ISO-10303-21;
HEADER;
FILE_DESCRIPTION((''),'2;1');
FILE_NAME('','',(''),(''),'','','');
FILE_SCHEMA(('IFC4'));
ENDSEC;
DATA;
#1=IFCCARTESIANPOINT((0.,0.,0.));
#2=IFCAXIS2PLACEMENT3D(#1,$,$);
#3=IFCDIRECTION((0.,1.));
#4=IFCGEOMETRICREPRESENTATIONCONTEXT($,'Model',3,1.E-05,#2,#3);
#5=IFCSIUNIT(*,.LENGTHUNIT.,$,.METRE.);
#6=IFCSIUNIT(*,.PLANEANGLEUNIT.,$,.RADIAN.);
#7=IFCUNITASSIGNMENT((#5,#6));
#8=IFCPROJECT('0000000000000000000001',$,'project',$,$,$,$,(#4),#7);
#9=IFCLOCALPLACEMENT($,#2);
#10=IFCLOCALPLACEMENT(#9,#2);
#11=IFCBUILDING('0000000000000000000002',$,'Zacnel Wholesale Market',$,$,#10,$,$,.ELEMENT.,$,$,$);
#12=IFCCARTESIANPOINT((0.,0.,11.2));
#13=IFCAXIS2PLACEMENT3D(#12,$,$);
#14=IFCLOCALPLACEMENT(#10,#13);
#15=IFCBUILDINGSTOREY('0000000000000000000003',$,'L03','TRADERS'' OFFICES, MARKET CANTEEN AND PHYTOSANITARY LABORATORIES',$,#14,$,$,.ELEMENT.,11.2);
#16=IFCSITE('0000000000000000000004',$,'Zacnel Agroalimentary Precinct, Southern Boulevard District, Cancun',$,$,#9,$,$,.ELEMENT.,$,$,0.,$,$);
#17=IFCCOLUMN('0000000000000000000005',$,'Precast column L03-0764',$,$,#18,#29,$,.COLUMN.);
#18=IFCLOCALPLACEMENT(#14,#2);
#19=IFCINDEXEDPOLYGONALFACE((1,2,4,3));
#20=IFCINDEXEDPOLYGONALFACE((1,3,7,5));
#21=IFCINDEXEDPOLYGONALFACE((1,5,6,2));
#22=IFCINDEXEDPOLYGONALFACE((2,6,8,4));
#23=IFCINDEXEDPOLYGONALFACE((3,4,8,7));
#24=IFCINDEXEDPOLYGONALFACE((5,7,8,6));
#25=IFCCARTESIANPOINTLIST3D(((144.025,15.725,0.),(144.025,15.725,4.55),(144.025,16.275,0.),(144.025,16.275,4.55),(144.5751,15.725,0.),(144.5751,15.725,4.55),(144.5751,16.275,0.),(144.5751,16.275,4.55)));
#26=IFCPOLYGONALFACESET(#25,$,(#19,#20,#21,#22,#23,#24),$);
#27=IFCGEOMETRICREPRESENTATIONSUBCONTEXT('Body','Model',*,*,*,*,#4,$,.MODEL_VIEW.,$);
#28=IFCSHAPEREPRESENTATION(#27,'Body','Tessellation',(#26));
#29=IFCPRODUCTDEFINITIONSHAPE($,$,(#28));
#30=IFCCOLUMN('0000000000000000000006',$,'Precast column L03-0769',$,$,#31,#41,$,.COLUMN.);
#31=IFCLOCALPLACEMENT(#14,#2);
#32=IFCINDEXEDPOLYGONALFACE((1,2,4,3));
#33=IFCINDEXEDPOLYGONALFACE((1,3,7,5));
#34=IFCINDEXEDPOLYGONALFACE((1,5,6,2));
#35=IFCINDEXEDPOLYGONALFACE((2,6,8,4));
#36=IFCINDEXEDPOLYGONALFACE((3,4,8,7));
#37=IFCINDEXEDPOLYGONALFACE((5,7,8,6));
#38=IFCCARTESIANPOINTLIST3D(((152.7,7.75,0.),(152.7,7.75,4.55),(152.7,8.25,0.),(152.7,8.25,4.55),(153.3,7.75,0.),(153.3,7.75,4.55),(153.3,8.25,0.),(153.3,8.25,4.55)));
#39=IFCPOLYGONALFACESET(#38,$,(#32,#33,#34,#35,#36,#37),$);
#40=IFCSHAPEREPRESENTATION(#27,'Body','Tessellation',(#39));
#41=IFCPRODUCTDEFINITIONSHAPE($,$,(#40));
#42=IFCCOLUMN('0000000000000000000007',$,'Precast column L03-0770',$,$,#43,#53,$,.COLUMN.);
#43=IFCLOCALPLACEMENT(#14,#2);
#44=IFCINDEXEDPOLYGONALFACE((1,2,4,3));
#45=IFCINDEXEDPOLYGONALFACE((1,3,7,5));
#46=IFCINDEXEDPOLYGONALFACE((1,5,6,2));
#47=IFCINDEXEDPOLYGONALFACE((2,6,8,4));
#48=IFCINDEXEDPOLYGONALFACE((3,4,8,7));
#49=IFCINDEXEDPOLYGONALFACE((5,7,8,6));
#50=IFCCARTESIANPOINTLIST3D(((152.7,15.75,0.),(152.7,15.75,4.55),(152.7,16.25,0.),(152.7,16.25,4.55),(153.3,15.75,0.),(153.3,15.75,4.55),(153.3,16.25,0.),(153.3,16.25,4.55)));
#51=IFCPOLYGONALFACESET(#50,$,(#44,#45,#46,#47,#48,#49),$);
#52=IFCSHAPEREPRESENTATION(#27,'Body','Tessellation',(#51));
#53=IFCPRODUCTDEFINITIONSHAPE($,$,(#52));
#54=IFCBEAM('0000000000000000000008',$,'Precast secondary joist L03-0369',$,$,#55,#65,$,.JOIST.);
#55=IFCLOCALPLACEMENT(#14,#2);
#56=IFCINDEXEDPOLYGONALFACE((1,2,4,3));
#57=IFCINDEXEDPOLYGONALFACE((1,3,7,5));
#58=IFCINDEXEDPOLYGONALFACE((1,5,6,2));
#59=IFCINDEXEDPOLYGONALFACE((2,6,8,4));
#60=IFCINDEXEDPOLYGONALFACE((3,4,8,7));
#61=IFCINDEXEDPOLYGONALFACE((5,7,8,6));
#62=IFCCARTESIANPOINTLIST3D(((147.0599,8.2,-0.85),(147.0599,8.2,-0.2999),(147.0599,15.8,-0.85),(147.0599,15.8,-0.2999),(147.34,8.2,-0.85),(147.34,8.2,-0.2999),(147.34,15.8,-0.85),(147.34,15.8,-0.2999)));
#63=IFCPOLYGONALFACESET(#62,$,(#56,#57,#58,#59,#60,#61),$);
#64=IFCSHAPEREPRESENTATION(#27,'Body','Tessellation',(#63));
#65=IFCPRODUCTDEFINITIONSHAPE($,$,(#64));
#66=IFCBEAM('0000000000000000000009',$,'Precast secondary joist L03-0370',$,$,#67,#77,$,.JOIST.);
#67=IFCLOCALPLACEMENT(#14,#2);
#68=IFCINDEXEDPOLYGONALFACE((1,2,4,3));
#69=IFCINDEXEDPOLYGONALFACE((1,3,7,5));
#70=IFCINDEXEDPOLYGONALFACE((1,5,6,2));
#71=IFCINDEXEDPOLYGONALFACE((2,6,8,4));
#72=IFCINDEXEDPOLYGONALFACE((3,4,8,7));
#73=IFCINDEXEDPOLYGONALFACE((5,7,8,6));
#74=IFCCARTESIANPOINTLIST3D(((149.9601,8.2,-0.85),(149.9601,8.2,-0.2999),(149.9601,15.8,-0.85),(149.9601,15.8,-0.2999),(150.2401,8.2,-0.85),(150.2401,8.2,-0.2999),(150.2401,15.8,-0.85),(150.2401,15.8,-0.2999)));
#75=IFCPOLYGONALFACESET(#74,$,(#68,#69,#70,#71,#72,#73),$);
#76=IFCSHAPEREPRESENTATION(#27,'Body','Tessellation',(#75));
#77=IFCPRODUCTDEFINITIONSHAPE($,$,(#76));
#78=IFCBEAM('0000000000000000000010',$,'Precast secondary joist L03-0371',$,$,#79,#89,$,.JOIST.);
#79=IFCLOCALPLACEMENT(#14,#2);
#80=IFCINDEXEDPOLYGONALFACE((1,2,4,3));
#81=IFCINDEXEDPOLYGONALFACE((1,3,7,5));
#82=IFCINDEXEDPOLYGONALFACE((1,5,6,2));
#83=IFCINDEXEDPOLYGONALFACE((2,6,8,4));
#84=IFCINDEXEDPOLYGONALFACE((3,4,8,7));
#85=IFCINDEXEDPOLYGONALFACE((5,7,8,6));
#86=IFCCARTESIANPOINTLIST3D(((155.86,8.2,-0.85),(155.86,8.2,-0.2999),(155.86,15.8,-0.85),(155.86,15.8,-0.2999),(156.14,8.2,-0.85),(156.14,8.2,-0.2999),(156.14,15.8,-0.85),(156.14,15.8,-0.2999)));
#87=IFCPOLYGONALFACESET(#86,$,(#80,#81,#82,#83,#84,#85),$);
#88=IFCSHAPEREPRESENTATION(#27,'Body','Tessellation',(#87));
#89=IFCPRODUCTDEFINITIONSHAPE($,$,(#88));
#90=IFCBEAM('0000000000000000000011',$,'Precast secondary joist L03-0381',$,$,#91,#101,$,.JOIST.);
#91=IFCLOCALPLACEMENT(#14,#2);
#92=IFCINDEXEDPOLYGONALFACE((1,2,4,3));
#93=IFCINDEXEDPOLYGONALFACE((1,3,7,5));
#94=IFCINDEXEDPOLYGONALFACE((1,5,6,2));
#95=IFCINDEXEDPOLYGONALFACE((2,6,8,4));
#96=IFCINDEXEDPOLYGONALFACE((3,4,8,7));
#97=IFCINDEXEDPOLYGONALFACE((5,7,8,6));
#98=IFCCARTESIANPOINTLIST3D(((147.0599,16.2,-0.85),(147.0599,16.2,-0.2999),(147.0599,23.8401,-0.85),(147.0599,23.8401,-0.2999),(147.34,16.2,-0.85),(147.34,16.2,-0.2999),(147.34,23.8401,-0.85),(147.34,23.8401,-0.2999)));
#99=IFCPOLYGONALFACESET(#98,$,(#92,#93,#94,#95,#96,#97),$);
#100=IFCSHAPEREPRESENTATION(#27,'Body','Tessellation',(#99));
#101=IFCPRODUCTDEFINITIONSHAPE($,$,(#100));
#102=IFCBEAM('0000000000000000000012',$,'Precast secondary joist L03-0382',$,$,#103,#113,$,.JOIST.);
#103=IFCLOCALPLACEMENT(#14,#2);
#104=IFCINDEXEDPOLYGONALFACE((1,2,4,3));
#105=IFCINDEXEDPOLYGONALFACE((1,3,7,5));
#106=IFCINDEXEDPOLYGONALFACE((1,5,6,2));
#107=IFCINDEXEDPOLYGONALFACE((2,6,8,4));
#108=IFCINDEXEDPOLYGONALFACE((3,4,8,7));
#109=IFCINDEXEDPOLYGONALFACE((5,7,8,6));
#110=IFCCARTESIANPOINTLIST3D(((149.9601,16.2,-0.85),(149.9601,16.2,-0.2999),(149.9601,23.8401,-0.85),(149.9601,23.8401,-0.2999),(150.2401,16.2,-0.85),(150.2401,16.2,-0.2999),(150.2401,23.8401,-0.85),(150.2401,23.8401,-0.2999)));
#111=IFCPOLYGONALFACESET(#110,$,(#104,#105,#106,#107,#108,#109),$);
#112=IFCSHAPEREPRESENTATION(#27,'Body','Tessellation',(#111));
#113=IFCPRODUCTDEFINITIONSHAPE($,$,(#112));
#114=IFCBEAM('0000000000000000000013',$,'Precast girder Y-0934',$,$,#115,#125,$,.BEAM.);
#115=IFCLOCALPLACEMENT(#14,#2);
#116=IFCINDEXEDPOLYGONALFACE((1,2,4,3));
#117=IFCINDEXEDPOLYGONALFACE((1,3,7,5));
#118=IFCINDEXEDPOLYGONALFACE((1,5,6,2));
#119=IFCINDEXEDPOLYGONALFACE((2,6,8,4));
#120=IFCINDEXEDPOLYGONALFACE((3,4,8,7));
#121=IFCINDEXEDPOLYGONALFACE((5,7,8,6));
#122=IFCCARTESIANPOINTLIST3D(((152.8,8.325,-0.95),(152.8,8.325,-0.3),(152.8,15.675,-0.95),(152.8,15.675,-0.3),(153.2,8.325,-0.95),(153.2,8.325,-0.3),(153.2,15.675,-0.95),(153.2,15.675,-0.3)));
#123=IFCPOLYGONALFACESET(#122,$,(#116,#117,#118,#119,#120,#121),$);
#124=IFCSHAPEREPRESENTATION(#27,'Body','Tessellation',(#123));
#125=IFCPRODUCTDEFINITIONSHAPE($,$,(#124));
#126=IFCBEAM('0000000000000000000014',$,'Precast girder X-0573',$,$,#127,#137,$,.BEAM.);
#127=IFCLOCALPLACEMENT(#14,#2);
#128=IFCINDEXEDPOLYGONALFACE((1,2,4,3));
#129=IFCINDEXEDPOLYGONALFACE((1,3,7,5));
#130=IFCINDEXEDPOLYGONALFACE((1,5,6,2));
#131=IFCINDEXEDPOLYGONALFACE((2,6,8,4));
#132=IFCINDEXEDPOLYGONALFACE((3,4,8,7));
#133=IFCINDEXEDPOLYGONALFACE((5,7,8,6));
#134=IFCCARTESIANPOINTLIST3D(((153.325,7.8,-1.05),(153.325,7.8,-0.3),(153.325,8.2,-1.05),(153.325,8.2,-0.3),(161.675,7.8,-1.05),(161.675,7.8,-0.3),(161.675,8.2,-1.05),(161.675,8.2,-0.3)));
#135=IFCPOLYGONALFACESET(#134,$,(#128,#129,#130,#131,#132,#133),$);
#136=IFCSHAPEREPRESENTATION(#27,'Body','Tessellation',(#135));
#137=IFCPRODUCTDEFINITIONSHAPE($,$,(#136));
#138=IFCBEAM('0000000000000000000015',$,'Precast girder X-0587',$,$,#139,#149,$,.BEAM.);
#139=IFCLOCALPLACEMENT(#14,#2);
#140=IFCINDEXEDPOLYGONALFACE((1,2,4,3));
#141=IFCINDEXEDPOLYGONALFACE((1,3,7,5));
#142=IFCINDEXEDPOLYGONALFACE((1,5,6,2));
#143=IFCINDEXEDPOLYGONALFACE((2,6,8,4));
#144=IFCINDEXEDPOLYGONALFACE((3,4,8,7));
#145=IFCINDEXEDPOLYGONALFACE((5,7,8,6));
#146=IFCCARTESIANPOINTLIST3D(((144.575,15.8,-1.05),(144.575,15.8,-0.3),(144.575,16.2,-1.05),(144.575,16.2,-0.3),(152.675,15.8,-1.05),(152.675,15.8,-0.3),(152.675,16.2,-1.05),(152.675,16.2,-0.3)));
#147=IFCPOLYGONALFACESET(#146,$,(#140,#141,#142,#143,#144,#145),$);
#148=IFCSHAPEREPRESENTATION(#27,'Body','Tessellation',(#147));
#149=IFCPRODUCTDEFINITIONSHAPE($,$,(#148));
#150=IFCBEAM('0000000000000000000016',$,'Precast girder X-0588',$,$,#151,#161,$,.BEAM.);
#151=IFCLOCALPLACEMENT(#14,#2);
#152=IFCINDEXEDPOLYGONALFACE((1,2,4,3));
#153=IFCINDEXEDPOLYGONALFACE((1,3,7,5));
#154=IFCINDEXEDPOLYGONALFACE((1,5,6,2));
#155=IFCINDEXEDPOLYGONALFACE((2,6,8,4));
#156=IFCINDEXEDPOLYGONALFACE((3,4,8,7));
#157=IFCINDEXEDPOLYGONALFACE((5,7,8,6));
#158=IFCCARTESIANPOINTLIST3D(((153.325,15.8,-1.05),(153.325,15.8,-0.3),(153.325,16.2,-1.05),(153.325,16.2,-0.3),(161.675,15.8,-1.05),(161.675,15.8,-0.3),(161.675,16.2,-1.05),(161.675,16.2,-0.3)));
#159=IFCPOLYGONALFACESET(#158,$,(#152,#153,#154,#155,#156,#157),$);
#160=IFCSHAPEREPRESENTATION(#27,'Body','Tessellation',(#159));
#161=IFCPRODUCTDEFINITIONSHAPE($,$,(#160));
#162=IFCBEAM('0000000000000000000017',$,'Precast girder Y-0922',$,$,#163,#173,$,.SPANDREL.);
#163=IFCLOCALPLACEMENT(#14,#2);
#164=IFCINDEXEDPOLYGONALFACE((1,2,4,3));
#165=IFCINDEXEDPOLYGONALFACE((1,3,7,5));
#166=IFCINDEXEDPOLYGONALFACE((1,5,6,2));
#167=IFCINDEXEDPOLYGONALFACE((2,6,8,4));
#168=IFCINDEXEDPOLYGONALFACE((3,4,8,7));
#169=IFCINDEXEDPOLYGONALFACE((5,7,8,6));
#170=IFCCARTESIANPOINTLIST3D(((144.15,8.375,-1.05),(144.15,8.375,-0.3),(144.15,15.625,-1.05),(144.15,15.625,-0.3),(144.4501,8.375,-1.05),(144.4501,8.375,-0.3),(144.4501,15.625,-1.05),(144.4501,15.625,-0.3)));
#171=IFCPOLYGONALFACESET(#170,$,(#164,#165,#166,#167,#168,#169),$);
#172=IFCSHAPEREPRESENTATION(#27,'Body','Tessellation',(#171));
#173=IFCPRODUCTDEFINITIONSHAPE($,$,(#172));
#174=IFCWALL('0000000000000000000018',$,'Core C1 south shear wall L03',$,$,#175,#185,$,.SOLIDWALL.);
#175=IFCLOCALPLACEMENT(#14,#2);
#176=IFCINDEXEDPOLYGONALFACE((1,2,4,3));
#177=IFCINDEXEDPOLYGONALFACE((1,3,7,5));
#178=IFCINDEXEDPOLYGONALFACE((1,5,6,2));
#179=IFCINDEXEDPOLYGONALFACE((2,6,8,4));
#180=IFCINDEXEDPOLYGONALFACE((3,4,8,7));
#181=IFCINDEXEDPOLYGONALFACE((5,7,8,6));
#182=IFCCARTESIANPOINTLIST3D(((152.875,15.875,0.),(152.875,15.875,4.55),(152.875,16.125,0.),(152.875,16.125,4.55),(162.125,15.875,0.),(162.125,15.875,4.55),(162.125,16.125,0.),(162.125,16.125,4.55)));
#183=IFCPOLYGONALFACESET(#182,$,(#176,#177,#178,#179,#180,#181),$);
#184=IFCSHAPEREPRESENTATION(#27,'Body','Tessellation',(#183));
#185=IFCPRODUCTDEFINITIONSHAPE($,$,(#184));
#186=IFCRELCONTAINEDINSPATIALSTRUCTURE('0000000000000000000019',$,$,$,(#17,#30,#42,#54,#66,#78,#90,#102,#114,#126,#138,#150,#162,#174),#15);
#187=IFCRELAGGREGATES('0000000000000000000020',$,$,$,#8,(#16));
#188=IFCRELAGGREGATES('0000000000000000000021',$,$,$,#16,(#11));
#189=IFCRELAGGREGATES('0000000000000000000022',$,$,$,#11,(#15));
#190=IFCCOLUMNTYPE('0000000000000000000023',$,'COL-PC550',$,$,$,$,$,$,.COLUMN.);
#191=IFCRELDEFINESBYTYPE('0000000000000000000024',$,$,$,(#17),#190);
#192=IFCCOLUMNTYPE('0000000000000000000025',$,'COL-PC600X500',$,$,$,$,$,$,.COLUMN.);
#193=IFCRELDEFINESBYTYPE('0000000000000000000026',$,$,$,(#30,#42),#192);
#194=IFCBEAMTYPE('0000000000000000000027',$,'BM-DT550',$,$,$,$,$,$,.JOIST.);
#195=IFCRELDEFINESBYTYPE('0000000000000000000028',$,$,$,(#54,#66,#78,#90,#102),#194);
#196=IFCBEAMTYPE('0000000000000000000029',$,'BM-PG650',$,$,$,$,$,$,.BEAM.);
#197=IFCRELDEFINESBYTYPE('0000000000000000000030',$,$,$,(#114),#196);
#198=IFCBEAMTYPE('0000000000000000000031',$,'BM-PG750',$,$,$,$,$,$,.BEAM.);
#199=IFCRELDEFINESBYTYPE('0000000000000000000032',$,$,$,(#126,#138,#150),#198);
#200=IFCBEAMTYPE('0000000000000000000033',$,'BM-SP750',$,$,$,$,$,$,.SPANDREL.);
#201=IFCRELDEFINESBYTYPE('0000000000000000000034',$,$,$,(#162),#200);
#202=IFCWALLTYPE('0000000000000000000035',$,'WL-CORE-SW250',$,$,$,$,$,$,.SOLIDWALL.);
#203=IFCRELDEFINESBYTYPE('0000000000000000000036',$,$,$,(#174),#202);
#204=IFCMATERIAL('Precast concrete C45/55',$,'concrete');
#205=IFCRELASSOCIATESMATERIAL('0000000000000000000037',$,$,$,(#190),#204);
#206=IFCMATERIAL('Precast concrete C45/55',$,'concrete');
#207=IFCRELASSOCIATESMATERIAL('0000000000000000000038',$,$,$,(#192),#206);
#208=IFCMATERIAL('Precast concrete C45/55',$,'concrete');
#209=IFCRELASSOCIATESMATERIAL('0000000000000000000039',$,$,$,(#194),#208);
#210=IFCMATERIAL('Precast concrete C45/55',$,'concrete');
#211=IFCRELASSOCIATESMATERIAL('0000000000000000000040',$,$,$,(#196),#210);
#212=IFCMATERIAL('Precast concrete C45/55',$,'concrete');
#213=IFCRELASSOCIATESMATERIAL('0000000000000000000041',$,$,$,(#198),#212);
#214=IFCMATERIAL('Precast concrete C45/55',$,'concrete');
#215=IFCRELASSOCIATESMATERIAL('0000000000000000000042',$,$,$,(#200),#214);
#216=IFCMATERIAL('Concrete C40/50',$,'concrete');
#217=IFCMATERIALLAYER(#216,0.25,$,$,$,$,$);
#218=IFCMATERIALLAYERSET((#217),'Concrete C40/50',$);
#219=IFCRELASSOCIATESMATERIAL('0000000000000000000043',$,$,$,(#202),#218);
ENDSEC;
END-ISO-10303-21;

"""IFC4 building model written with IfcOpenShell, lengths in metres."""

from ifc_helpers import new_model, si_unit, direction, frame, frame_2d, origin, origin_2d, place, context, subcontext, project, spatial, rectangle, extrude, material, layer, layer_set, material_profile, profile_set, type_object, element, save


model = new_model("IFC4")

# Units and contexts
model_context = context("Model", 3, precision=1e-05, world=origin(), true_north=direction((0.0, 1.0)))
body_context = subcontext(model_context, "Body", "Model", "MODEL_VIEW")
ifc_project = project(units=[si_unit("LENGTHUNIT", "METRE"), si_unit("PLANEANGLEUNIT", "RADIAN")], contexts=[model_context])

# Site, building, storey
site_placement = place(None, origin())
site = spatial("IfcSite", under=ifc_project, at=site_placement, Name="Zacnel Agroalimentary Precinct, Southern Boulevard District, Cancun", CompositionType="ELEMENT", RefElevation=0.0)
building_placement = place(site_placement, origin())
building = spatial("IfcBuilding", under=site, at=building_placement, Name="Zacnel Wholesale Market", CompositionType="ELEMENT")
storey_placement = place(building_placement, frame((0.0, 0.0, 11.2)))
storey = spatial("IfcBuildingStorey", under=building, at=storey_placement, Name="L03", Description="TRADERS' OFFICES, MARKET CANTEEN AND PHYTOSANITARY LABORATORIES", CompositionType="ELEMENT", Elevation=11.2)

# Columns
ifc_material_1 = material(Name="Precast concrete C45/55", Category="concrete")
ifc_material_profile_1 = material_profile(ifc_material_1, rectangle(XDim=0.55, YDim=0.55, at=origin_2d()), Name="PC 550x550")
ifc_profile_set_1 = profile_set([ifc_material_profile_1], Name="Precast concrete C45/55")
column_type_1 = type_object("IfcColumnType", Name="COL-PC550", PredefinedType="COLUMN", material=ifc_profile_set_1)
column_placement = place(storey_placement, frame((144.3, 16.0, 0.0), z_axis=(0.0, 0.0, 1.0), x_axis=(1.0, 0.0, 0.0)))
element("IfcColumn", 1, at=column_placement, inside=storey, type_object=column_type_1, Name="Precast column L03-0764", PredefinedType="COLUMN", context=body_context, shape_type="SweptSolid", body=[
    extrude(rectangle(XDim=0.55, YDim=0.55, at=origin_2d()), origin(), (0.0, 0.0, 1.0), 4.55),
])
ifc_material_2 = material(Name="Precast concrete C45/55", Category="concrete")
ifc_material_profile_2 = material_profile(ifc_material_2, rectangle(XDim=0.6001, YDim=0.5, at=origin_2d()), Name="PC 600x500")
ifc_profile_set_2 = profile_set([ifc_material_profile_2], Name="Precast concrete C45/55")
column_type_2 = type_object("IfcColumnType", Name="COL-PC600X500", PredefinedType="COLUMN", material=ifc_profile_set_2)
for number, where, z_axis, x_axis, name in (
    (2, (153.0, 8.0, 0.0), (0.0, 0.0, 1.0), (1.0, 0.0, 0.0), "Precast column L03-0769"),
    (3, (153.0, 16.0, 0.0), (0.0, 0.0, 1.0), (1.0, 0.0, 0.0), "Precast column L03-0770"),
):
    element("IfcColumn", number, at=place(storey_placement, frame(where, z_axis=z_axis, x_axis=x_axis)), inside=storey, type_object=column_type_2, Name=name, PredefinedType="COLUMN", context=body_context, shape_type="SweptSolid", body=[
        extrude(rectangle(XDim=0.6001, YDim=0.5, at=origin_2d()), origin(), (0.0, 0.0, 1.0), 4.55),
    ])

# Beams
ifc_material_3 = material(Name="Precast concrete C45/55", Category="concrete")
ifc_material_profile_3 = material_profile(ifc_material_3, rectangle(XDim=0.28, YDim=0.55, at=origin_2d()), Name="DT RIB 280x550")
ifc_profile_set_3 = profile_set([ifc_material_profile_3], Name="Precast concrete C45/55")
beam_type_1 = type_object("IfcBeamType", Name="BM-DT550", PredefinedType="JOIST", material=ifc_profile_set_3)
for number, where, z_axis, x_axis, name in (
    (4, (147.2, 8.2, -0.575), (0.0, 1.0, 0.0), (-1.0, 0.0, 0.0), "Precast secondary joist L03-0369"),
    (5, (150.1001, 8.2, -0.575), (0.0, 1.0, 0.0), (-1.0, 0.0, 0.0), "Precast secondary joist L03-0370"),
    (6, (156.0, 8.2, -0.575), (0.0, 1.0, 0.0), (-1.0, 0.0, 0.0), "Precast secondary joist L03-0371"),
):
    element("IfcBeam", number, at=place(storey_placement, frame(where, z_axis=z_axis, x_axis=x_axis)), inside=storey, type_object=beam_type_1, Name=name, PredefinedType="JOIST", context=body_context, shape_type="SweptSolid", body=[
        extrude(rectangle(XDim=0.28, YDim=0.55, at=origin_2d()), origin(), (0.0, 0.0, 1.0), 7.6001),
    ])
for number, where, z_axis, x_axis, name in (
    (7, (147.2, 16.2, -0.575), (0.0, 1.0, 0.0), (-1.0, 0.0, 0.0), "Precast secondary joist L03-0381"),
    (8, (150.1001, 16.2, -0.575), (0.0, 1.0, 0.0), (-1.0, 0.0, 0.0), "Precast secondary joist L03-0382"),
):
    element("IfcBeam", number, at=place(storey_placement, frame(where, z_axis=z_axis, x_axis=x_axis)), inside=storey, type_object=beam_type_1, Name=name, PredefinedType="JOIST", context=body_context, shape_type="SweptSolid", body=[
        extrude(rectangle(XDim=0.28, YDim=0.55, at=origin_2d()), origin(), (0.0, 0.0, 1.0), 7.6401),
    ])
ifc_material_4 = material(Name="Precast concrete C45/55", Category="concrete")
ifc_material_profile_4 = material_profile(ifc_material_4, rectangle(XDim=0.3999, YDim=0.6499, at=origin_2d()), Name="PG 400x650")
ifc_profile_set_4 = profile_set([ifc_material_profile_4], Name="Precast concrete C45/55")
beam_type_2 = type_object("IfcBeamType", Name="BM-PG650", PredefinedType="BEAM", material=ifc_profile_set_4)
beam_1_placement = place(storey_placement, frame((153.0, 8.325, -0.625), z_axis=(0.0, 1.0, 0.0), x_axis=(-1.0, 0.0, 0.0)))
element("IfcBeam", 9, at=beam_1_placement, inside=storey, type_object=beam_type_2, Name="Precast girder Y-0934", PredefinedType="BEAM", context=body_context, shape_type="SweptSolid", body=[
    extrude(rectangle(XDim=0.3999, YDim=0.6499, at=origin_2d()), origin(), (0.0, 0.0, 1.0), 7.3501),
])
ifc_material_5 = material(Name="Precast concrete C45/55", Category="concrete")
ifc_material_profile_5 = material_profile(ifc_material_5, rectangle(XDim=0.3999, YDim=0.75, at=origin_2d()), Name="PG 400x750")
ifc_profile_set_5 = profile_set([ifc_material_profile_5], Name="Precast concrete C45/55")
beam_type_3 = type_object("IfcBeamType", Name="BM-PG750", PredefinedType="BEAM", material=ifc_profile_set_5)
beam_2_placement = place(storey_placement, frame((153.325, 8.0, -0.675), z_axis=(1.0, 0.0, 0.0), x_axis=(0.0, 1.0, 0.0)))
element("IfcBeam", 10, at=beam_2_placement, inside=storey, type_object=beam_type_3, Name="Precast girder X-0573", PredefinedType="BEAM", context=body_context, shape_type="SweptSolid", body=[
    extrude(rectangle(XDim=0.3999, YDim=0.75, at=origin_2d()), origin(), (0.0, 0.0, 1.0), 8.3501),
])
beam_3_placement = place(storey_placement, frame((144.575, 16.0, -0.675), z_axis=(1.0, 0.0, 0.0), x_axis=(0.0, 1.0, 0.0)))
element("IfcBeam", 11, at=beam_3_placement, inside=storey, type_object=beam_type_3, Name="Precast girder X-0587", PredefinedType="BEAM", context=body_context, shape_type="SweptSolid", body=[
    extrude(rectangle(XDim=0.3999, YDim=0.75, at=origin_2d()), origin(), (0.0, 0.0, 1.0), 8.1001),
])
beam_4_placement = place(storey_placement, frame((153.325, 16.0, -0.675), z_axis=(1.0, 0.0, 0.0), x_axis=(0.0, 1.0, 0.0)))
element("IfcBeam", 12, at=beam_4_placement, inside=storey, type_object=beam_type_3, Name="Precast girder X-0588", PredefinedType="BEAM", context=body_context, shape_type="SweptSolid", body=[
    extrude(rectangle(XDim=0.3999, YDim=0.75, at=origin_2d()), origin(), (0.0, 0.0, 1.0), 8.3501),
])
ifc_material_6 = material(Name="Precast concrete C45/55", Category="concrete")
ifc_material_profile_6 = material_profile(ifc_material_6, rectangle(XDim=0.3, YDim=0.75, at=origin_2d()), Name="SP 300x750")
ifc_profile_set_6 = profile_set([ifc_material_profile_6], Name="Precast concrete C45/55")
beam_type_4 = type_object("IfcBeamType", Name="BM-SP750", PredefinedType="SPANDREL", material=ifc_profile_set_6)
beam_5_placement = place(storey_placement, frame((144.3, 8.375, -0.675), z_axis=(0.0, 1.0, 0.0), x_axis=(-1.0, 0.0, 0.0)))
element("IfcBeam", 13, at=beam_5_placement, inside=storey, type_object=beam_type_4, Name="Precast girder Y-0922", PredefinedType="SPANDREL", context=body_context, shape_type="SweptSolid", body=[
    extrude(rectangle(XDim=0.3, YDim=0.75, at=origin_2d()), origin(), (0.0, 0.0, 1.0), 7.25),
])

# Wall
ifc_material_7 = material(Name="Concrete C40/50", Category="concrete")
ifc_layer_1 = layer(ifc_material_7, 0.25)
ifc_layer_set_1 = layer_set([ifc_layer_1], Name="Concrete C40/50")
wall_type_1 = type_object("IfcWallType", Name="WL-CORE-SW250", PredefinedType="SOLIDWALL", material=ifc_layer_set_1)
wall_1_placement = place(storey_placement, frame((152.875, 16.0, 0.0), z_axis=(0.0, 0.0, 1.0), x_axis=(1.0, 0.0, 0.0)))
element("IfcWall", 14, at=wall_1_placement, inside=storey, type_object=wall_type_1, Name="Core C1 south shear wall L03", PredefinedType="SOLIDWALL", context=body_context, shape_type="SweptSolid", body=[
    extrude(rectangle(XDim=9.25, YDim=0.25, at=frame_2d((4.625, 0.0))), origin(), (0.0, 0.0, 1.0), 4.55),
])

save(model, "model.ifc")
